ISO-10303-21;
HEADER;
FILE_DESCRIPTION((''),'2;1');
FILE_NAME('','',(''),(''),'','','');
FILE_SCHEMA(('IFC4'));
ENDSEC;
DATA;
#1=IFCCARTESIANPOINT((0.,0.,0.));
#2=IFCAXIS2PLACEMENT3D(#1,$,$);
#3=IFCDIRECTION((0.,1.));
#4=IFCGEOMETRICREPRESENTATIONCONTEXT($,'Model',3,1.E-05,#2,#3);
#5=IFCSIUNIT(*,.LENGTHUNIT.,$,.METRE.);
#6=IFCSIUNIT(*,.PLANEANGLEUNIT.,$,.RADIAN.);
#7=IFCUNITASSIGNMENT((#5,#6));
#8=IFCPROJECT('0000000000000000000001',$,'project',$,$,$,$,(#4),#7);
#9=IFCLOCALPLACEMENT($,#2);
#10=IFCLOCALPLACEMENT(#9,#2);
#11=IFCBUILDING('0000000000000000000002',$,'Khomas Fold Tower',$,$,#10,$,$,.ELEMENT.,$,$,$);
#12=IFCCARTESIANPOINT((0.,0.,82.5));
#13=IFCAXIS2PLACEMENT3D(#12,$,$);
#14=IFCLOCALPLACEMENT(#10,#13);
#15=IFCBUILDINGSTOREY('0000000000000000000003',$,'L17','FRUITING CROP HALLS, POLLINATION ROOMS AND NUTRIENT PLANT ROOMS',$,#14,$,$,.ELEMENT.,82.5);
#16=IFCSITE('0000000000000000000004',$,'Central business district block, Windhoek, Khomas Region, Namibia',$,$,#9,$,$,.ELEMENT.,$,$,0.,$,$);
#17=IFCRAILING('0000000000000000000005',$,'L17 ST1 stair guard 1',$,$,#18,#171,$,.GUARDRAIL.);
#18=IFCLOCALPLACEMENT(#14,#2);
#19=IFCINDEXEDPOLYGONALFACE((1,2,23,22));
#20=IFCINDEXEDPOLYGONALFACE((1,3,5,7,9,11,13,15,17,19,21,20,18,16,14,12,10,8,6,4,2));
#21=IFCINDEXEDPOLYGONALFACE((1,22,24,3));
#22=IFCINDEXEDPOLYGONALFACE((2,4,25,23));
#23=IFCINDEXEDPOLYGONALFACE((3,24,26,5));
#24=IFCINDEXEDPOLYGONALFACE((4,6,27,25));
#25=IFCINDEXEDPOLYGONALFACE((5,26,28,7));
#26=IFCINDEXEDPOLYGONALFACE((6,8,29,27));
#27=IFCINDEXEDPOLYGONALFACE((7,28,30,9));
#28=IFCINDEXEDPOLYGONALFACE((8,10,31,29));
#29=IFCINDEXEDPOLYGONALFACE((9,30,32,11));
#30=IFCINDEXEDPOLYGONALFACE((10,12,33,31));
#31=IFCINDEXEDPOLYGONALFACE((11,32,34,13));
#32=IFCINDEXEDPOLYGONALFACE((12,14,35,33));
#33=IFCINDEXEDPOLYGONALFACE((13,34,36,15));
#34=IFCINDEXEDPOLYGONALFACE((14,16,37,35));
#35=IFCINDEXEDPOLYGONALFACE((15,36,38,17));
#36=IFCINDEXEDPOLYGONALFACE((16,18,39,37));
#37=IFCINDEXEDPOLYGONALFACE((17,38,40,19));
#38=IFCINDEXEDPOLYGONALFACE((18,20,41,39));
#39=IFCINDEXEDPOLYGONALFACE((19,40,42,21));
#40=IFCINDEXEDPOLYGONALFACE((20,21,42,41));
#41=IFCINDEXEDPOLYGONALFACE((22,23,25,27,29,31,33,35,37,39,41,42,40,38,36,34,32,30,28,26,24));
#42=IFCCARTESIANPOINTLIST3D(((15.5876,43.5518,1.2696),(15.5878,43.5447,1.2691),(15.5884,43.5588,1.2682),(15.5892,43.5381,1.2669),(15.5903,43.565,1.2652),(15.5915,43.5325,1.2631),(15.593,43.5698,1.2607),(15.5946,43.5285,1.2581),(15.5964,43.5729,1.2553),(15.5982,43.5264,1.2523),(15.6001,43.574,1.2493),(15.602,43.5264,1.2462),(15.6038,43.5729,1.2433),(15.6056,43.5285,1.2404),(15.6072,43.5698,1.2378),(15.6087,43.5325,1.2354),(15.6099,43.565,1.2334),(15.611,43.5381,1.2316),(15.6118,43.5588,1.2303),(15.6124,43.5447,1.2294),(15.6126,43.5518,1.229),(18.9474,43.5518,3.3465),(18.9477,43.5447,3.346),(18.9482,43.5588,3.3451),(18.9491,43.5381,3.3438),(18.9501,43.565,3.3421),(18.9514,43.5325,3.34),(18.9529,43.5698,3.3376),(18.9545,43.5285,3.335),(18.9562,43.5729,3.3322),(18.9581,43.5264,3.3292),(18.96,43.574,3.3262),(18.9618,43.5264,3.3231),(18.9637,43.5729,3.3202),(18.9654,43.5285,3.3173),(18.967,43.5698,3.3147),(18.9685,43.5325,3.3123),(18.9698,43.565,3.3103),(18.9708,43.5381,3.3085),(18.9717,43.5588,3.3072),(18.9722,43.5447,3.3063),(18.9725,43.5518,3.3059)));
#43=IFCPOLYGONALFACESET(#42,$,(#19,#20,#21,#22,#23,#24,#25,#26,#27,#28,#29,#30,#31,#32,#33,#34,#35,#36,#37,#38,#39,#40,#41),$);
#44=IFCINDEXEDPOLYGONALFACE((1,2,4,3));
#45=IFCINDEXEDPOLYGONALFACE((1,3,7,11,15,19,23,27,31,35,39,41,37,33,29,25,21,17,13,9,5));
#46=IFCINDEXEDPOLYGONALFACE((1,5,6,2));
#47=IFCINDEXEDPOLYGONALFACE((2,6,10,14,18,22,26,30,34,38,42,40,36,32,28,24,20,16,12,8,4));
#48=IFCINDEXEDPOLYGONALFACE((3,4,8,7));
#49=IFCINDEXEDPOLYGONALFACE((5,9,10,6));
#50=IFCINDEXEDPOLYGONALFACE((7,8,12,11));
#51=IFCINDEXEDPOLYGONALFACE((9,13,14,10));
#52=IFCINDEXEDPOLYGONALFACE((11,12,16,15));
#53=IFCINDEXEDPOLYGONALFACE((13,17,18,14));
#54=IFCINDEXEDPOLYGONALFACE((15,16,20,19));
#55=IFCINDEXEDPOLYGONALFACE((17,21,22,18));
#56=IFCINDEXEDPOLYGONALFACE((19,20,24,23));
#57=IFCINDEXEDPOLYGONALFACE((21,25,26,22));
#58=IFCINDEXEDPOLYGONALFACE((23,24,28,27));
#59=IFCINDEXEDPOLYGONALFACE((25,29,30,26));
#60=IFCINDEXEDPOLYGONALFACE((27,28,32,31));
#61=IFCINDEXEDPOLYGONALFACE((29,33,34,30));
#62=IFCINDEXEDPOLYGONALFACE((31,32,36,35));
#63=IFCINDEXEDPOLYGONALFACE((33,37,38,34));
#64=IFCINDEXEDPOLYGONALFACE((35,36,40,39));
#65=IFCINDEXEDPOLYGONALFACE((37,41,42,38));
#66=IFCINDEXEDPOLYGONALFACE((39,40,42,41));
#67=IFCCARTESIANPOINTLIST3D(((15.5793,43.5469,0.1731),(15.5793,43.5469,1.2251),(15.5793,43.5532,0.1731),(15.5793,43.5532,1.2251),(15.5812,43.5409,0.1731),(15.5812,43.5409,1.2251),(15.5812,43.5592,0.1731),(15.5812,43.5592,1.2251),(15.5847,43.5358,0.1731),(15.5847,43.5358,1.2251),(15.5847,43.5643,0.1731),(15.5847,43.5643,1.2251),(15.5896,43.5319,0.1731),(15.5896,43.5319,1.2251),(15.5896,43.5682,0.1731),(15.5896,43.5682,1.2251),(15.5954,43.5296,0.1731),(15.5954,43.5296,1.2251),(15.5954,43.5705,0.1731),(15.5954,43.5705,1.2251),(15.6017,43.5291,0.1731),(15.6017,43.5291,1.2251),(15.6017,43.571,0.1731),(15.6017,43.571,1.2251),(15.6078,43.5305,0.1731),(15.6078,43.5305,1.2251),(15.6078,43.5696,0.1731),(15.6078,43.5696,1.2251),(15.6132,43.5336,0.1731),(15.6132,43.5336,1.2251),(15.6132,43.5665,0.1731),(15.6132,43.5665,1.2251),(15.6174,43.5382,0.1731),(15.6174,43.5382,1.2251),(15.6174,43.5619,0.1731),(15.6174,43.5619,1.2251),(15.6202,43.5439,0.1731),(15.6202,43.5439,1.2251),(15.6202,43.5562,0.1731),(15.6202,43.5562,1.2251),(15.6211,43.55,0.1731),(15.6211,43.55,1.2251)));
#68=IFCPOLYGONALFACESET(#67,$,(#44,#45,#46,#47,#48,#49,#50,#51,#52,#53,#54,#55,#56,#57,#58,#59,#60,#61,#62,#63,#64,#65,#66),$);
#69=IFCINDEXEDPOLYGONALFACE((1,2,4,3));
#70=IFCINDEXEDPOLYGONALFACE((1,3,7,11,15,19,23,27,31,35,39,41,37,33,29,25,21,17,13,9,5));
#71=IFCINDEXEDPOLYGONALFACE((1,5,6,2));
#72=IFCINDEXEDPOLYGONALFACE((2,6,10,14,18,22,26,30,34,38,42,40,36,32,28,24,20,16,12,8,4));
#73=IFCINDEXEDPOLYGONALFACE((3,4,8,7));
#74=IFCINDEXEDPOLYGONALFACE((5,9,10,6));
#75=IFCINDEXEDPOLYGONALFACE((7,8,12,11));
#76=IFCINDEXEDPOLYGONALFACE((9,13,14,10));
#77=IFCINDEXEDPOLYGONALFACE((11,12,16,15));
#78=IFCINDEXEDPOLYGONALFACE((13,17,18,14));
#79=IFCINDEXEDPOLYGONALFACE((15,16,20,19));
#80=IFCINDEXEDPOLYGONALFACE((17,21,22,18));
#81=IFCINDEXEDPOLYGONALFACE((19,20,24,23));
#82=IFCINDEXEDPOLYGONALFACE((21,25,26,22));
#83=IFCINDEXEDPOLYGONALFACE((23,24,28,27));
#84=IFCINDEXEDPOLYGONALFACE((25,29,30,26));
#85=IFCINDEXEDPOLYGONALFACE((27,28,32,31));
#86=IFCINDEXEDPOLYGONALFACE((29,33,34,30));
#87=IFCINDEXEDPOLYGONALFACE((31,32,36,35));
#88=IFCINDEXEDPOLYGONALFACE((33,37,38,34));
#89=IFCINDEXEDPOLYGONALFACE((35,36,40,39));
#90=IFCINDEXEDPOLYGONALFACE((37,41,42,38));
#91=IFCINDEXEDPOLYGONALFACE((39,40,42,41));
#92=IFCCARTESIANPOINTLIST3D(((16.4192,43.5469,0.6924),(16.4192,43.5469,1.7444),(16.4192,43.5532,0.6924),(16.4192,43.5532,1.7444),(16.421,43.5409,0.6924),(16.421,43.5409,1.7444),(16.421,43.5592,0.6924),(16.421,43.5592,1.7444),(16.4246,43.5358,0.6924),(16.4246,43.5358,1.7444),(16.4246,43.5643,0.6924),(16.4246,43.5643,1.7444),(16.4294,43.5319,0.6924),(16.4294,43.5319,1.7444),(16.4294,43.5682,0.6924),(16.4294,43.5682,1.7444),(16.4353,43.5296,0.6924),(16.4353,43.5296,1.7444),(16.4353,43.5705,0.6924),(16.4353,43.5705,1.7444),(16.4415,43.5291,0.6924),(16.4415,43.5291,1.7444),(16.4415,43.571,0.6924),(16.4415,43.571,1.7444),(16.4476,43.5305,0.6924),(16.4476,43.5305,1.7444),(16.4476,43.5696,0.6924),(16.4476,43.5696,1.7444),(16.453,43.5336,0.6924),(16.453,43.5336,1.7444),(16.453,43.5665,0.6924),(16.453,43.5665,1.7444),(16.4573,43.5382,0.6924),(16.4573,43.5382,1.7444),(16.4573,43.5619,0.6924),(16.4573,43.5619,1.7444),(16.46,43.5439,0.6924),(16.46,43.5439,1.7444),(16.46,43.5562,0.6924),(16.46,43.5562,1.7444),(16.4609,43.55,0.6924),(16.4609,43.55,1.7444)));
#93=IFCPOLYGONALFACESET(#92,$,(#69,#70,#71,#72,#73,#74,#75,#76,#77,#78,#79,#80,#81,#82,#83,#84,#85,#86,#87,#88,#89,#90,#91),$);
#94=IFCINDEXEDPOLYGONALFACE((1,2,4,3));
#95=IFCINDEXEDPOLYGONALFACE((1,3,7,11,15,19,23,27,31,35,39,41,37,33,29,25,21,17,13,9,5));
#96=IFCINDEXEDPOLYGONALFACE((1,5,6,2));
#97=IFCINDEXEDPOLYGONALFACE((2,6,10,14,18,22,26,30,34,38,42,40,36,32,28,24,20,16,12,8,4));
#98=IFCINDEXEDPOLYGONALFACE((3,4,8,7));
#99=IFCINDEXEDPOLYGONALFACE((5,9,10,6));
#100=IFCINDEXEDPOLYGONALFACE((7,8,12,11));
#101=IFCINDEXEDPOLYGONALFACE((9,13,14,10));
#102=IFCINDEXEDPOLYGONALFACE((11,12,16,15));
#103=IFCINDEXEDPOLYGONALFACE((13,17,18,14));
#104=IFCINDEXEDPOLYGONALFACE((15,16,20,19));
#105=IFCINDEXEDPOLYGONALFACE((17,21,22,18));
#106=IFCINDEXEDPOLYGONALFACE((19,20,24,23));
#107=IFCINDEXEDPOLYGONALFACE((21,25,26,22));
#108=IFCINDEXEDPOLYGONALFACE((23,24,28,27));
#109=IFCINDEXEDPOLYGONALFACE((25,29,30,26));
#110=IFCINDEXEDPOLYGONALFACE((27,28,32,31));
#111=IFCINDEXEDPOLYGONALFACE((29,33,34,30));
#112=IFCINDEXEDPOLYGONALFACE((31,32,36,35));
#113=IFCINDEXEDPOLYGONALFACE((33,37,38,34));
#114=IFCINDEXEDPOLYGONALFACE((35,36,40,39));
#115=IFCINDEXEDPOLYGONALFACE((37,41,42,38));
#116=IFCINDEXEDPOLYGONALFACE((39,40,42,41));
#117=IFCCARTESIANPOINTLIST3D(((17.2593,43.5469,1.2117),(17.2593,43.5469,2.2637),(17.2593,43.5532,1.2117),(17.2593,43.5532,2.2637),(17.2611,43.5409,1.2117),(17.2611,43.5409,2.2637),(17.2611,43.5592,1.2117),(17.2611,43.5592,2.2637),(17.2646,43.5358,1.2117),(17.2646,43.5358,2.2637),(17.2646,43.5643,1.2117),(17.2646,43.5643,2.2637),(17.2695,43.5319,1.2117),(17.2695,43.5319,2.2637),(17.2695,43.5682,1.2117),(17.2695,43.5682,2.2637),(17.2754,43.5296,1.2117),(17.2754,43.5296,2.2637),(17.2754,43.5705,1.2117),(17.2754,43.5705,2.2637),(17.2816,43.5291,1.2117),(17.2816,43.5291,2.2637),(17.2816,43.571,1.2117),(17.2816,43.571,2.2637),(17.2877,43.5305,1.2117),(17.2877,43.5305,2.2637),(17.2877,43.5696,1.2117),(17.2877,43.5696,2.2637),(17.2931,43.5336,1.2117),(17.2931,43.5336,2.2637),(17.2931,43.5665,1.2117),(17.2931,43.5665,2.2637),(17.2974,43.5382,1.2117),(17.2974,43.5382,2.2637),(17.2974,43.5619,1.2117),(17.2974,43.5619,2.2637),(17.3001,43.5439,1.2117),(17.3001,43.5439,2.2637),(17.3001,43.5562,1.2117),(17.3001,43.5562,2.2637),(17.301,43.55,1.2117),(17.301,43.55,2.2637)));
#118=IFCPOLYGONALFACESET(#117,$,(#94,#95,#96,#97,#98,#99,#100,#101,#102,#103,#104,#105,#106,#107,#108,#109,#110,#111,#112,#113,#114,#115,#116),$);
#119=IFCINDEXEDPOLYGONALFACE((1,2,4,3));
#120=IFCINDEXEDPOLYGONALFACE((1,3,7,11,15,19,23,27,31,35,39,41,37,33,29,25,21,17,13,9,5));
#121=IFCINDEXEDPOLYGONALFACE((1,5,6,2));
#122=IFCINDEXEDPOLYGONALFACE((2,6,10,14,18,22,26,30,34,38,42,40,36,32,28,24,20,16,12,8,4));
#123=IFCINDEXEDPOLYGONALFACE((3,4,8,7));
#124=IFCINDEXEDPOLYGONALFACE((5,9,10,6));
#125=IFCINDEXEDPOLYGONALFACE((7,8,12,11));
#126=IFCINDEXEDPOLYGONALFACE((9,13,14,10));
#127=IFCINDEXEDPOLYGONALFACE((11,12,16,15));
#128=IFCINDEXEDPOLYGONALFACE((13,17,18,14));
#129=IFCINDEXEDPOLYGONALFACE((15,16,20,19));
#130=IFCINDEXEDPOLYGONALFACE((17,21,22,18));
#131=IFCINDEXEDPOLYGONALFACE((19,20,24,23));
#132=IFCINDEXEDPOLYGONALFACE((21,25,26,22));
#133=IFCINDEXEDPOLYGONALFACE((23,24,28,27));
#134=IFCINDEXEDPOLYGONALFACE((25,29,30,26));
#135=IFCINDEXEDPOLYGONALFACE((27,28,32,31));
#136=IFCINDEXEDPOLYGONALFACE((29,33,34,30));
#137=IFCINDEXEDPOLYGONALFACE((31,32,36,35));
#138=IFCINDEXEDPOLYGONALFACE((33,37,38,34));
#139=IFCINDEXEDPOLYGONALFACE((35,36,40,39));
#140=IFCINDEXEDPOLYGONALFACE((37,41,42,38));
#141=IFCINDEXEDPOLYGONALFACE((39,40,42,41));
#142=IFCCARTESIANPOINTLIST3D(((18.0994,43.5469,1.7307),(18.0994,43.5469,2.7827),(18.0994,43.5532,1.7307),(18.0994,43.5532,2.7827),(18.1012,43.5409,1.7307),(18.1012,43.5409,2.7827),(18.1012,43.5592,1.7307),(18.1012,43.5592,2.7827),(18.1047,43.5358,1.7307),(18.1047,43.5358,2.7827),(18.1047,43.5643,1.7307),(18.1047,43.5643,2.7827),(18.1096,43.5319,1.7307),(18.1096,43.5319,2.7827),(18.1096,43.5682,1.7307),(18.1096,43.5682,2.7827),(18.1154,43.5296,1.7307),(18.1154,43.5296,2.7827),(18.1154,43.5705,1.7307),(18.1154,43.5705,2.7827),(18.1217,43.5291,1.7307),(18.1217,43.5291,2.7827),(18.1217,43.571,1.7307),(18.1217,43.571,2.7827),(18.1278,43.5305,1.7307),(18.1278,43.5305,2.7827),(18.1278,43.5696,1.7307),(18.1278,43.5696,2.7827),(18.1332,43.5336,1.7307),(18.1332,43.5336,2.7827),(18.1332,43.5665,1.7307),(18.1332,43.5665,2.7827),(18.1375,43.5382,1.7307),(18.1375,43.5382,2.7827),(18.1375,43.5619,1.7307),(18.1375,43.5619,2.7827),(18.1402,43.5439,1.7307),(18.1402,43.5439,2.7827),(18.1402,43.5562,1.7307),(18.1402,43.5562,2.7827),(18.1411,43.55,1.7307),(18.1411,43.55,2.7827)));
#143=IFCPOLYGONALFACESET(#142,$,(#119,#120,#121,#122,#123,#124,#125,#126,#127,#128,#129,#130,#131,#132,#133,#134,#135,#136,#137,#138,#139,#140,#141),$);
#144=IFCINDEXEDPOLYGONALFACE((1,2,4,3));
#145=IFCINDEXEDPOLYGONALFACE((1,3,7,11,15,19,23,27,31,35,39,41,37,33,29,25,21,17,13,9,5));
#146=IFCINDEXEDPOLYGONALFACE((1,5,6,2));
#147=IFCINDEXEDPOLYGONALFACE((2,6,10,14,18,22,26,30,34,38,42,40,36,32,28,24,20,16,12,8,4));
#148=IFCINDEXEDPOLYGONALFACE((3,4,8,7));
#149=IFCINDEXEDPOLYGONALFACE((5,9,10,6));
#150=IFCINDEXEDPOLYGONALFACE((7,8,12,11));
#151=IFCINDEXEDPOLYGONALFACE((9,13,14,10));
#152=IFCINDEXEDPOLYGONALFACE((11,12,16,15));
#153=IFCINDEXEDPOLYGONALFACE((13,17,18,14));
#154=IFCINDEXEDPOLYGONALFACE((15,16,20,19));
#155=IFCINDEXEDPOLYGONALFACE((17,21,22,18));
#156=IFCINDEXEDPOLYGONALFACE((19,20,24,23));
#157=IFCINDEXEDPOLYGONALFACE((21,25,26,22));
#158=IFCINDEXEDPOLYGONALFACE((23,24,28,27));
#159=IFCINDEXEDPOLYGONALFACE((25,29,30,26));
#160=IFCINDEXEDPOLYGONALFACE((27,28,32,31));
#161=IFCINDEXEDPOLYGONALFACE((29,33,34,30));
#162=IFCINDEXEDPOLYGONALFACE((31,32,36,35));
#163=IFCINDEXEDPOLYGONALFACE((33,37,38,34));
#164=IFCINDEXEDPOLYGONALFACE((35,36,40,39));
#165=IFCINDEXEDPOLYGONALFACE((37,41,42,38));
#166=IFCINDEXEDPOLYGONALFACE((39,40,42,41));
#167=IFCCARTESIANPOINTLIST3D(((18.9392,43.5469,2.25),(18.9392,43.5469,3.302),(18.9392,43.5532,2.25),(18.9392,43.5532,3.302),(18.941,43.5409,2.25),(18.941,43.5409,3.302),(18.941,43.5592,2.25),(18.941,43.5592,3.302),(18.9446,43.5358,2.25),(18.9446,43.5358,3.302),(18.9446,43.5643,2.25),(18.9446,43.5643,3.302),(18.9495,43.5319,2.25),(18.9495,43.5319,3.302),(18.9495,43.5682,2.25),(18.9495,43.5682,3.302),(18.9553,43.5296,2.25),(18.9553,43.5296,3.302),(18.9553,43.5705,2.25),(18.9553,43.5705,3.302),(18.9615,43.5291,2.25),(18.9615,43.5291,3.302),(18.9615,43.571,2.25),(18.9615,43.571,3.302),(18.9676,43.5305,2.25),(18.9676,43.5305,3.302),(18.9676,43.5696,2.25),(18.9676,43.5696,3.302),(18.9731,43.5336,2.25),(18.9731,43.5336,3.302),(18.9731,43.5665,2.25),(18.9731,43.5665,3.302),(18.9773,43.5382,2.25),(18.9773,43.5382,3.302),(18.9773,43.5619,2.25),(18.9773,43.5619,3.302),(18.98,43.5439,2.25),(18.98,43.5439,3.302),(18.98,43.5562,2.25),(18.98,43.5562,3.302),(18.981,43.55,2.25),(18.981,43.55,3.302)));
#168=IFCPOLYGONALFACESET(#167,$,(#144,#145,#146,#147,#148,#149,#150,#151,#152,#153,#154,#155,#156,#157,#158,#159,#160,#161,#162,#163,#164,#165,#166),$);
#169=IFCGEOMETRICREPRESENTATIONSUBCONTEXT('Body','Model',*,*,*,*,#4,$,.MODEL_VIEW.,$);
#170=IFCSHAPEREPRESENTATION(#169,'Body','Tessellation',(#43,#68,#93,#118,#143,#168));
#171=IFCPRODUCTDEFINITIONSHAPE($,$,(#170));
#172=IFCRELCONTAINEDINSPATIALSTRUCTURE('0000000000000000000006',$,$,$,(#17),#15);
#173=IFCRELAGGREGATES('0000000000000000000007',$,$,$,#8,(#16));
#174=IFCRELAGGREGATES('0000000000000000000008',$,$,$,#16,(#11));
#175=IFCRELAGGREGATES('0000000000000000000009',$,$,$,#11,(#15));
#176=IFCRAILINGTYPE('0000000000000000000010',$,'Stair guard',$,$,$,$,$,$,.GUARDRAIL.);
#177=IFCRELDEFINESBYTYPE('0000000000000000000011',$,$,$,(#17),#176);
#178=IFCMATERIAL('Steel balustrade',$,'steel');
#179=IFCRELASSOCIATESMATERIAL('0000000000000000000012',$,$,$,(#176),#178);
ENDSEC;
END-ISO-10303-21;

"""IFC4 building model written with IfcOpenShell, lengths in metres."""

from ifc_helpers import new_model, si_unit, direction, frame, origin, origin_2d, place, context, subcontext, project, spatial, circle, extrude, source, transform, mapped, material, type_object, element, save


model = new_model("IFC4")

# Units and contexts
model_context = context("Model", 3, precision=1e-05, world=origin(), true_north=direction((0.0, 1.0)))
body_context = subcontext(model_context, "Body", "Model", "MODEL_VIEW")
ifc_project = project(units=[si_unit("LENGTHUNIT", "METRE"), si_unit("PLANEANGLEUNIT", "RADIAN")], contexts=[model_context])

# Site, building, storey
site_placement = place(None, origin())
site = spatial("IfcSite", under=ifc_project, at=site_placement, Name="Central business district block, Windhoek, Khomas Region, Namibia", CompositionType="ELEMENT", RefElevation=0.0)
building_placement = place(site_placement, origin())
building = spatial("IfcBuilding", under=site, at=building_placement, Name="Khomas Fold Tower", CompositionType="ELEMENT")
storey_placement = place(building_placement, frame((0.0, 0.0, 82.5)))
storey = spatial("IfcBuildingStorey", under=building, at=storey_placement, Name="L17", Description="FRUITING CROP HALLS, POLLINATION ROOMS AND NUTRIENT PLANT ROOMS", CompositionType="ELEMENT", Elevation=82.5)

# Railing
ifc_material_1 = material(Name="Steel balustrade", Category="steel")
railing_type_1 = type_object("IfcRailingType", Name="Stair guard", PredefinedType="GUARDRAIL", material=ifc_material_1)
shared_shape_1 = source(origin(), body_context, "Body", "SweptSolid", [
    extrude(circle(Radius=0.0239, at=origin_2d()), frame((0.0, 0.0, 1.0762), z_axis=(0.850606, 0.0, 0.525803), x_axis=(0.0, 1.0, 0.0)), (0.0, 0.0, 1.0), 3.95),
    extrude(circle(Radius=0.021, at=origin_2d()), origin(), (0.0, 0.0, 1.0), 1.052),
    extrude(circle(Radius=0.021, at=origin_2d()), frame((0.8398, 0.0, 0.5193)), (0.0, 0.0, 1.0), 1.052),
    extrude(circle(Radius=0.021, at=origin_2d()), frame((1.6799, 0.0, 1.0386)), (0.0, 0.0, 1.0), 1.052),
    extrude(circle(Radius=0.021, at=origin_2d()), frame((2.52, 0.0, 1.5576)), (0.0, 0.0, 1.0), 1.052),
    extrude(circle(Radius=0.021, at=origin_2d()), frame((3.3599, 0.0, 2.0769)), (0.0, 0.0, 1.0), 1.052),
])
railing_1_placement = place(storey_placement, frame((15.6001, 43.55, 0.1731)))
element("IfcRailing", 1, at=railing_1_placement, inside=storey, type_object=railing_type_1, Name="L17 ST1 stair guard 1", PredefinedType="GUARDRAIL", context=body_context, shape_type="MappedRepresentation", body=[
    mapped(shared_shape_1, transform((0.0, 0.0, 0.0))),
])

save(model, "model.ifc")
